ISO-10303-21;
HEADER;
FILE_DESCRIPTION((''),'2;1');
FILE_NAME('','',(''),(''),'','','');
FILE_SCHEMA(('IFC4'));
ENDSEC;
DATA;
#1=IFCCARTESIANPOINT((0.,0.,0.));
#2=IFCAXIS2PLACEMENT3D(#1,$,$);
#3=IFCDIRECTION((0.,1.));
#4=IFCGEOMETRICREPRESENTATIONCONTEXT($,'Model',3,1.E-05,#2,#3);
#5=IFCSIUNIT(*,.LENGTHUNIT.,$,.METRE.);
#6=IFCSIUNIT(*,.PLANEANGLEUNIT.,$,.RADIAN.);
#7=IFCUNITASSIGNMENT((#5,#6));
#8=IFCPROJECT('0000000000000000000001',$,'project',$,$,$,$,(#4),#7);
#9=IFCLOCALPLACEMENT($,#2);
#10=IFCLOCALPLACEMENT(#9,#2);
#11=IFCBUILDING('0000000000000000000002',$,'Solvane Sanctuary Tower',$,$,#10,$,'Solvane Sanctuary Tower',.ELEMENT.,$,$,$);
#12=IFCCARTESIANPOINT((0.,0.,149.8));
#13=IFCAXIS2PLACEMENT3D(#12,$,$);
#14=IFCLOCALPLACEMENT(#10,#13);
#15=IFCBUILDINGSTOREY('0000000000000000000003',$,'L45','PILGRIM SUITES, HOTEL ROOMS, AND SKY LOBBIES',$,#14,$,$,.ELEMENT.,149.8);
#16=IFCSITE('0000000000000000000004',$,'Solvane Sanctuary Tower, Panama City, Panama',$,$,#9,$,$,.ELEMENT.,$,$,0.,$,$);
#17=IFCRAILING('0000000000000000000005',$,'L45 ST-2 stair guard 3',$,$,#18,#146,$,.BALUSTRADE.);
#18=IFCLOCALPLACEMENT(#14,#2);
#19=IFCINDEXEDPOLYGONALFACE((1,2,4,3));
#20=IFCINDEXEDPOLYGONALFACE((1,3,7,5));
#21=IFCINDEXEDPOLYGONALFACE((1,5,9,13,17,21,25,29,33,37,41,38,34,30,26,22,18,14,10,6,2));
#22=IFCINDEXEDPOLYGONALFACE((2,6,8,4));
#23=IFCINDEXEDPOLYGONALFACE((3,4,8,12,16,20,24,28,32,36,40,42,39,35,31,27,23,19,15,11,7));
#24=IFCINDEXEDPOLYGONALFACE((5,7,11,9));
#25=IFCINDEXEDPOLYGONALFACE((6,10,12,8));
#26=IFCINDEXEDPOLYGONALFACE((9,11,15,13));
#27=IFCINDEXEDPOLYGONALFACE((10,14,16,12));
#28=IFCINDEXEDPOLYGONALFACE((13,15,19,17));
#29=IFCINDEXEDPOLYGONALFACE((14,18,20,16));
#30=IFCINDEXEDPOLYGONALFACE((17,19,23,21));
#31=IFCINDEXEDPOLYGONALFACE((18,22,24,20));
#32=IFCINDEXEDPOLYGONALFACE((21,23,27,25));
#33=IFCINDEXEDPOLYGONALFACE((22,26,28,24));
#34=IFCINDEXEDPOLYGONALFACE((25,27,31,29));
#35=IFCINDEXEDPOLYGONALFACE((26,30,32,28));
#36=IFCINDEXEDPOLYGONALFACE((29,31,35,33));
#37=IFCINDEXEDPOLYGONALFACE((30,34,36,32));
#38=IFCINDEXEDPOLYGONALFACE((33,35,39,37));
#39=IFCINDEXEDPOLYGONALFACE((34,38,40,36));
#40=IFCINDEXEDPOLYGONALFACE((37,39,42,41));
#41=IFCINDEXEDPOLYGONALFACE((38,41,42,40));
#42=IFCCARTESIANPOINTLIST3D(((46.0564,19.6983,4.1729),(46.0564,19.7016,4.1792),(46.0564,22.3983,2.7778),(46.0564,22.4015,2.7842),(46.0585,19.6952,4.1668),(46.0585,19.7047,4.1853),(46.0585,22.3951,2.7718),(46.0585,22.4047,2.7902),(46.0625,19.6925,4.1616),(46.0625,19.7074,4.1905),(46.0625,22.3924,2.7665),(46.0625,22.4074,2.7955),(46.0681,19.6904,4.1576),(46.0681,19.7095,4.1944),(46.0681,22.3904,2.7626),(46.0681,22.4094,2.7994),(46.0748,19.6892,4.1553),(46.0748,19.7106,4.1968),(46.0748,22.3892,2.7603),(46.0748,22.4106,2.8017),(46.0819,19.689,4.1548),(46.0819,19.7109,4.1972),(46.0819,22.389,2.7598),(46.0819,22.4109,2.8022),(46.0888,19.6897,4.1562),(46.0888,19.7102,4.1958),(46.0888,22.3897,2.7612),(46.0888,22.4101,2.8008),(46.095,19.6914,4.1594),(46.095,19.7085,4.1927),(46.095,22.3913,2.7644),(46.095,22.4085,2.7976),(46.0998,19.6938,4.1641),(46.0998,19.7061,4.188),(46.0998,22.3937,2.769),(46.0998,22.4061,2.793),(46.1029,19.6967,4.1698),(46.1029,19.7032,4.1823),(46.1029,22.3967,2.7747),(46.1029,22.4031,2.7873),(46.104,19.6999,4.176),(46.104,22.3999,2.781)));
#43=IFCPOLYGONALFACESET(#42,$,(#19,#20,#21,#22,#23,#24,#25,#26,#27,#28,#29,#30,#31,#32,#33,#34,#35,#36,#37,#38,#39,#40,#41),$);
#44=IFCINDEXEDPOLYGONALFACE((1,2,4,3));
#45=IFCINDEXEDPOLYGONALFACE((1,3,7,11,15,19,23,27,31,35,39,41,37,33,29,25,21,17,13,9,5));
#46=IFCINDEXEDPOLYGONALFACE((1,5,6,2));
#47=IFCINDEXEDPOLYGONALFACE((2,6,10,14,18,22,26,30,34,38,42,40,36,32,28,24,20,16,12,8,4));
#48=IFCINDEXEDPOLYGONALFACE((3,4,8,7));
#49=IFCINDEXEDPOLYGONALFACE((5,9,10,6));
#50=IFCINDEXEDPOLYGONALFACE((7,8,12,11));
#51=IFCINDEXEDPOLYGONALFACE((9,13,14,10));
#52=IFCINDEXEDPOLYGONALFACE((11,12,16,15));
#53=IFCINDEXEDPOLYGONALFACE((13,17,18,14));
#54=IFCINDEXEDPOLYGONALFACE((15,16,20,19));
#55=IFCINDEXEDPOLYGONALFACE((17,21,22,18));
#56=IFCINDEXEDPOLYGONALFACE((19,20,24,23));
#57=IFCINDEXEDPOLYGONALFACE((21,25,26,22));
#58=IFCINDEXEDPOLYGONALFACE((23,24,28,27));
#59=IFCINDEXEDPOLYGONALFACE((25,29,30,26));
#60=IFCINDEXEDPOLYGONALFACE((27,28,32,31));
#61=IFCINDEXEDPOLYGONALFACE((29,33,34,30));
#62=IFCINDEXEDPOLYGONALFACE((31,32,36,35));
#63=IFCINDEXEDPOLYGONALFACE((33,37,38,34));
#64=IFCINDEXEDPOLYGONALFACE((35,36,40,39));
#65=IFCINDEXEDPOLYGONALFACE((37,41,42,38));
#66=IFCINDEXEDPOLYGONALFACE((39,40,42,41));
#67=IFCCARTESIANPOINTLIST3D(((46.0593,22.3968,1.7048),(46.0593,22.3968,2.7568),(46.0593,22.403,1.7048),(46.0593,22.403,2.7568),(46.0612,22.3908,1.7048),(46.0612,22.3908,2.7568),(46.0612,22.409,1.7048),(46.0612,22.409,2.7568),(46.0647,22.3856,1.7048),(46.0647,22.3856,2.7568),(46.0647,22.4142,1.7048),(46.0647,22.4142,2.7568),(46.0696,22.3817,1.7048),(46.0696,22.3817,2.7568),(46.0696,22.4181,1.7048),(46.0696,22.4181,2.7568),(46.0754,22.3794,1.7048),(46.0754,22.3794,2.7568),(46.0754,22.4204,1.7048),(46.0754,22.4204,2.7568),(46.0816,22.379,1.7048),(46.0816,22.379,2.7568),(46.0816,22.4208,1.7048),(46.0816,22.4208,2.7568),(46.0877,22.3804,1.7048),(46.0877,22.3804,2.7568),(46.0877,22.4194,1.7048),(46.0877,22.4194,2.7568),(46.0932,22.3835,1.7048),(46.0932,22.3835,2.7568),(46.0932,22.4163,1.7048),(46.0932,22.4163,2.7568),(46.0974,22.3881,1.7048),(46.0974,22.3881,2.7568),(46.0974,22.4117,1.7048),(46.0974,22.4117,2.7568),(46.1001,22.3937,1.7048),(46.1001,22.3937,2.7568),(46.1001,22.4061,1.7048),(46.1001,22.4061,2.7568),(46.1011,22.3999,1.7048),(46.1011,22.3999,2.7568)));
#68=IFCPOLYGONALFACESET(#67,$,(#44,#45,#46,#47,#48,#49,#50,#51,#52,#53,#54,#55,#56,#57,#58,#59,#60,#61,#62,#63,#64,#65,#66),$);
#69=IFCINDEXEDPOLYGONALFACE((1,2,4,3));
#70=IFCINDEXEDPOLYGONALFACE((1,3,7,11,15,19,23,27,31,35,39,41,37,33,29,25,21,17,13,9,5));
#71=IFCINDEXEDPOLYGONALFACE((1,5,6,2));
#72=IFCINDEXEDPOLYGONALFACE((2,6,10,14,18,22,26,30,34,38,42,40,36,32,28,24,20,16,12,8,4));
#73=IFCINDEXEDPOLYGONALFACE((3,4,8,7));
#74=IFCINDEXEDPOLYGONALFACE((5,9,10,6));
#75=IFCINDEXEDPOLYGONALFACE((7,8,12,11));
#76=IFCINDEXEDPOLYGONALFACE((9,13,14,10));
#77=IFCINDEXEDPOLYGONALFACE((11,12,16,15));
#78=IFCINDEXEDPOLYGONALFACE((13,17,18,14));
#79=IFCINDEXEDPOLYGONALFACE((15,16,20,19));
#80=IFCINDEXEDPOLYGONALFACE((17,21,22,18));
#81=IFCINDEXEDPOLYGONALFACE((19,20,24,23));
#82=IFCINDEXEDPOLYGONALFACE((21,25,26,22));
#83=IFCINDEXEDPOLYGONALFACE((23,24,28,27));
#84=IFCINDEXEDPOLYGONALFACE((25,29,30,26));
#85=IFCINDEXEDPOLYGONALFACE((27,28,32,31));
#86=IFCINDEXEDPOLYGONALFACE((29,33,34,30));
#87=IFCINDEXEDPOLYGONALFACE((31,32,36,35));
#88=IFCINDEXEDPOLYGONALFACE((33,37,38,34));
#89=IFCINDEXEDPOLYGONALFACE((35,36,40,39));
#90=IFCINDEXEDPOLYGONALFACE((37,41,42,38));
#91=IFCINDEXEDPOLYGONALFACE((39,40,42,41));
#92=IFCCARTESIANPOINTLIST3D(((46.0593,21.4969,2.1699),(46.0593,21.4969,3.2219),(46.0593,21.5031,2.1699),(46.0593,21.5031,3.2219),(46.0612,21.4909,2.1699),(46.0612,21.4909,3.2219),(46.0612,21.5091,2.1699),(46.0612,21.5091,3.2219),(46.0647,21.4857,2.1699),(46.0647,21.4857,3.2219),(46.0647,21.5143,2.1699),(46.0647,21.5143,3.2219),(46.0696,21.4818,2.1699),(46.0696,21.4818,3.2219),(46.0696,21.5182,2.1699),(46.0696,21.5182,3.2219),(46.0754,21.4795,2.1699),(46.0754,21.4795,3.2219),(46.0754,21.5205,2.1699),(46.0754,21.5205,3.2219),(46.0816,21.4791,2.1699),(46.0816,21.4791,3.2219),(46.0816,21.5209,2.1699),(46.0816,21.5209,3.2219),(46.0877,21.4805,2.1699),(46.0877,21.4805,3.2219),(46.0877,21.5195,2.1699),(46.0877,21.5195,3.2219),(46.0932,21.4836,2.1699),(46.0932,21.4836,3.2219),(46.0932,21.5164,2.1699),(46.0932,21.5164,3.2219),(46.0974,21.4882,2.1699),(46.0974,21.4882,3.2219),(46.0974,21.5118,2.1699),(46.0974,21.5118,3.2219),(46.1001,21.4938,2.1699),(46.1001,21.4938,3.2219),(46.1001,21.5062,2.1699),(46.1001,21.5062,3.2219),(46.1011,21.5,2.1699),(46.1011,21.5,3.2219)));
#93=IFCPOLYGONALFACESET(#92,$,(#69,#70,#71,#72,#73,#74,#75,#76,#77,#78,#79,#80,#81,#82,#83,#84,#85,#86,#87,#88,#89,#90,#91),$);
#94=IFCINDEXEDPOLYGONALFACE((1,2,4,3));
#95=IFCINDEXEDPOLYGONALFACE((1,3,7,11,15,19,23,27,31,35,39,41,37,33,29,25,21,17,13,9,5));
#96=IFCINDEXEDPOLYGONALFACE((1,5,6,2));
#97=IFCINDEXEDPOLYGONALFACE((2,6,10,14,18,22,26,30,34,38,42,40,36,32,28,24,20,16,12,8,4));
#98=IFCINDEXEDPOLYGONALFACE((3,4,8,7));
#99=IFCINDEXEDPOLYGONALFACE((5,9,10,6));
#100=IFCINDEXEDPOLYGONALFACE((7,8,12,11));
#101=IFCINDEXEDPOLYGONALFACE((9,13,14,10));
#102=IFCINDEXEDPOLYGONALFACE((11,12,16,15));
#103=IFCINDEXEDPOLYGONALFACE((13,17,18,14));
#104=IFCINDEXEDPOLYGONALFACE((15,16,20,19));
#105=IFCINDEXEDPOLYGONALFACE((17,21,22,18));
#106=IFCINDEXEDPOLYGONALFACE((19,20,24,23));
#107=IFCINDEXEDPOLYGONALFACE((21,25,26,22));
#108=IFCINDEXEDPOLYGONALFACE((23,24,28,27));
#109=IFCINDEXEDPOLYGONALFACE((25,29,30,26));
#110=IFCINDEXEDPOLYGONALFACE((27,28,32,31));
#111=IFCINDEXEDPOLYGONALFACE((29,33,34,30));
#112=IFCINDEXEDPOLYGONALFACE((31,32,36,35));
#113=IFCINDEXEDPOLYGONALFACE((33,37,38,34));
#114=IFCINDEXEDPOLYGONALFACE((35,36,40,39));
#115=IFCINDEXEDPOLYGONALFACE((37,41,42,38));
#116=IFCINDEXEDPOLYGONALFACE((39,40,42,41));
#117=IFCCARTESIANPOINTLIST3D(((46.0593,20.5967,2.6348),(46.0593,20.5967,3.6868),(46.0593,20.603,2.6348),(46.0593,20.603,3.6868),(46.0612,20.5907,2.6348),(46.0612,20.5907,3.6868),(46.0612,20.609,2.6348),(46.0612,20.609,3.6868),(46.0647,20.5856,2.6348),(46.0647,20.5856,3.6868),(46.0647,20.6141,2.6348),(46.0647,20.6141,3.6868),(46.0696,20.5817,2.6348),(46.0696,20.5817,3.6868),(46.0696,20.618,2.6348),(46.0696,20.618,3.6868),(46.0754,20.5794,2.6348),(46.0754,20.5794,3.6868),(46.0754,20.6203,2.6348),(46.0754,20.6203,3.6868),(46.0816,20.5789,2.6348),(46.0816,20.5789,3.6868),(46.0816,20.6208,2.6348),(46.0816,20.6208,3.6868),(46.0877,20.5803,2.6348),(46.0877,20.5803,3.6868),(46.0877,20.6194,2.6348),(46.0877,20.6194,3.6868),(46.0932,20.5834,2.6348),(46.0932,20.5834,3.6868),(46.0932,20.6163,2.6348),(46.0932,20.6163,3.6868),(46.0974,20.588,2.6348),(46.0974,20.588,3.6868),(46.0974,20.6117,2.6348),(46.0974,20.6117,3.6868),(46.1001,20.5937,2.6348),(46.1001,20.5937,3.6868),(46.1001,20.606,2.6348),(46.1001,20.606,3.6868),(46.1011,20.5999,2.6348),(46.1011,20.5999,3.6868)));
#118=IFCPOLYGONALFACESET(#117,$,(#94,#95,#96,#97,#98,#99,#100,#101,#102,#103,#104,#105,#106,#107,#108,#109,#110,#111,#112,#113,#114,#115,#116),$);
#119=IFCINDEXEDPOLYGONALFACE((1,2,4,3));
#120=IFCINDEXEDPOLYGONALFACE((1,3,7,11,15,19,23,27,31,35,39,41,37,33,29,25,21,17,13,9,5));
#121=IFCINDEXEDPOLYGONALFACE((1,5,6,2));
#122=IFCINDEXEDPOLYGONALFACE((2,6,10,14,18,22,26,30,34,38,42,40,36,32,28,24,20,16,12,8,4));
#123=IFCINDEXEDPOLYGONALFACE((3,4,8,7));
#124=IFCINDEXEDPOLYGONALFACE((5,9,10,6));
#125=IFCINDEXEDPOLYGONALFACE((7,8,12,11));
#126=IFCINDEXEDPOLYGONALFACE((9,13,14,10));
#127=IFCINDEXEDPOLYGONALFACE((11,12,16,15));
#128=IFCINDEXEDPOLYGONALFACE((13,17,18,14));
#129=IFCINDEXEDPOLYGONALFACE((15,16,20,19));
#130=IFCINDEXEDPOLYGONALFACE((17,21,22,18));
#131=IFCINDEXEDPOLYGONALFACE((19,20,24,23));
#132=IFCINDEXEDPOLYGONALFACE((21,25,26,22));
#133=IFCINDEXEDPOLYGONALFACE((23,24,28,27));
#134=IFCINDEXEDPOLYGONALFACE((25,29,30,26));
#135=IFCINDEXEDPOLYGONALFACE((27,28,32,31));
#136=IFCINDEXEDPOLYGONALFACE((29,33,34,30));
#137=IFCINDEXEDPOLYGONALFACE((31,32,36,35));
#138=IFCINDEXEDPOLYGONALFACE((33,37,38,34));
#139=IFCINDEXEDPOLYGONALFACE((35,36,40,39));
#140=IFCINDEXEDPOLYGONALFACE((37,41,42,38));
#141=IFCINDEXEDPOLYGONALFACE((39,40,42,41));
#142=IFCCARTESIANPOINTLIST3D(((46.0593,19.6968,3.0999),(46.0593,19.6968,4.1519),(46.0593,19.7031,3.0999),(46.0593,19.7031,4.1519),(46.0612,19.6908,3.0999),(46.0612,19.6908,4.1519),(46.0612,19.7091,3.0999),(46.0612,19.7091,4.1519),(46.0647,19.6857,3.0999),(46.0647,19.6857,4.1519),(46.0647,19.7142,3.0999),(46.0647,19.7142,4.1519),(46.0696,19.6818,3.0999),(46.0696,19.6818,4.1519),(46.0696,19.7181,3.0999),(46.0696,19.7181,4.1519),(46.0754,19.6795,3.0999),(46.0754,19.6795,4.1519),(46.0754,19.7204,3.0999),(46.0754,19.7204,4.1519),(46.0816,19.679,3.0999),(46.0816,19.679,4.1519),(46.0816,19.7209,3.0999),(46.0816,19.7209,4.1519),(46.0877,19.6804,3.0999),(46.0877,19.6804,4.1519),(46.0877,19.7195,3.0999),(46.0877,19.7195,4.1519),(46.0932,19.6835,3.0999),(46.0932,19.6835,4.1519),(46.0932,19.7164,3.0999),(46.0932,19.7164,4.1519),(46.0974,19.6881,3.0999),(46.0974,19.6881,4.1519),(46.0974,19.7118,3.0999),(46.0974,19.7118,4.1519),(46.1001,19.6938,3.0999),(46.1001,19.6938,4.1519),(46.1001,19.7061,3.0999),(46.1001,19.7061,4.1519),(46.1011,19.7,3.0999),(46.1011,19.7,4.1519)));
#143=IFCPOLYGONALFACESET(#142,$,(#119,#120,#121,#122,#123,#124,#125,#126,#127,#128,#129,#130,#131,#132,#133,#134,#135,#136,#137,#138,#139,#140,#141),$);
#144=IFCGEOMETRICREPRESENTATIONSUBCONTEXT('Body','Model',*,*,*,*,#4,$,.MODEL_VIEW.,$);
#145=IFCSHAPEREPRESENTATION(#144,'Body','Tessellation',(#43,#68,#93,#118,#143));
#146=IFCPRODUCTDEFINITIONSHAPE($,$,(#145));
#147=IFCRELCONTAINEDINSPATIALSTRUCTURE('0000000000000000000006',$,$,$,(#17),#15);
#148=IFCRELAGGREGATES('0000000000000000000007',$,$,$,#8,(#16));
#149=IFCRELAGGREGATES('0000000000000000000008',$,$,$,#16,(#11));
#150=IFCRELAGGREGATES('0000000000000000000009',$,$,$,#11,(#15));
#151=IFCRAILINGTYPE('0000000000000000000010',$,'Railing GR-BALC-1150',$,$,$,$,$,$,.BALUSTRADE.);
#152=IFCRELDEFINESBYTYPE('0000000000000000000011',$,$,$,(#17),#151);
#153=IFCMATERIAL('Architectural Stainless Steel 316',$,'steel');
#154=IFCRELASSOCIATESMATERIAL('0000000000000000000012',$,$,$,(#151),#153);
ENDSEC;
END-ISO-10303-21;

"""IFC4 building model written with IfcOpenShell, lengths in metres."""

from ifc_helpers import new_model, si_unit, direction, frame, origin, origin_2d, place, context, subcontext, project, spatial, circle, extrude, material, type_object, element, save


model = new_model("IFC4")

# Units and contexts
model_context = context("Model", 3, precision=1e-05, world=origin(), true_north=direction((0.0, 1.0)))
body_context = subcontext(model_context, "Body", "Model", "MODEL_VIEW")
ifc_project = project(units=[si_unit("LENGTHUNIT", "METRE"), si_unit("PLANEANGLEUNIT", "RADIAN")], contexts=[model_context])

# Site, building, storey
site_placement = place(None, origin())
site = spatial("IfcSite", under=ifc_project, at=site_placement, Name="Solvane Sanctuary Tower, Panama City, Panama", CompositionType="ELEMENT", RefElevation=0.0)
building_placement = place(site_placement, origin())
building = spatial("IfcBuilding", under=site, at=building_placement, Name="Solvane Sanctuary Tower", LongName="Solvane Sanctuary Tower", CompositionType="ELEMENT")
storey_placement = place(building_placement, frame((0.0, 0.0, 149.8)))
storey = spatial("IfcBuildingStorey", under=building, at=storey_placement, Name="L45", Description="PILGRIM SUITES, HOTEL ROOMS, AND SKY LOBBIES", CompositionType="ELEMENT", Elevation=149.8)

# Shared definitions
ifc_material_1 = material(Name="Architectural Stainless Steel 316", Category="steel")

# Railing
railing_type = type_object("IfcRailingType", Name="Railing GR-BALC-1150", PredefinedType="BALUSTRADE", material=ifc_material_1)
railing_1_placement = place(storey_placement, frame((46.0801, 22.3999, 1.7048)))
element("IfcRailing", 1, at=railing_1_placement, inside=storey, type_object=railing_type, Name="L45 ST-2 stair guard 3", PredefinedType="BALUSTRADE", context=body_context, shape_type="SweptSolid", body=[
    extrude(circle(Radius=0.0239, at=origin_2d()), frame((0.0, 0.0, 1.0762), z_axis=(0.0, -0.88842, 0.459032), x_axis=(1.0, 0.0, 0.0)), (0.0, 0.0, 1.0), 3.0391),
    extrude(circle(Radius=0.021, at=origin_2d()), origin(), (0.0, 0.0, 1.0), 1.052),
    extrude(circle(Radius=0.021, at=origin_2d()), frame((0.0, -0.8999, 0.4651)), (0.0, 0.0, 1.0), 1.052),
    extrude(circle(Radius=0.021, at=origin_2d()), frame((0.0, -1.8, 0.9299)), (0.0, 0.0, 1.0), 1.052),
    extrude(circle(Radius=0.021, at=origin_2d()), frame((0.0, -2.7, 1.395)), (0.0, 0.0, 1.0), 1.052),
])

save(model, "model.ifc")
